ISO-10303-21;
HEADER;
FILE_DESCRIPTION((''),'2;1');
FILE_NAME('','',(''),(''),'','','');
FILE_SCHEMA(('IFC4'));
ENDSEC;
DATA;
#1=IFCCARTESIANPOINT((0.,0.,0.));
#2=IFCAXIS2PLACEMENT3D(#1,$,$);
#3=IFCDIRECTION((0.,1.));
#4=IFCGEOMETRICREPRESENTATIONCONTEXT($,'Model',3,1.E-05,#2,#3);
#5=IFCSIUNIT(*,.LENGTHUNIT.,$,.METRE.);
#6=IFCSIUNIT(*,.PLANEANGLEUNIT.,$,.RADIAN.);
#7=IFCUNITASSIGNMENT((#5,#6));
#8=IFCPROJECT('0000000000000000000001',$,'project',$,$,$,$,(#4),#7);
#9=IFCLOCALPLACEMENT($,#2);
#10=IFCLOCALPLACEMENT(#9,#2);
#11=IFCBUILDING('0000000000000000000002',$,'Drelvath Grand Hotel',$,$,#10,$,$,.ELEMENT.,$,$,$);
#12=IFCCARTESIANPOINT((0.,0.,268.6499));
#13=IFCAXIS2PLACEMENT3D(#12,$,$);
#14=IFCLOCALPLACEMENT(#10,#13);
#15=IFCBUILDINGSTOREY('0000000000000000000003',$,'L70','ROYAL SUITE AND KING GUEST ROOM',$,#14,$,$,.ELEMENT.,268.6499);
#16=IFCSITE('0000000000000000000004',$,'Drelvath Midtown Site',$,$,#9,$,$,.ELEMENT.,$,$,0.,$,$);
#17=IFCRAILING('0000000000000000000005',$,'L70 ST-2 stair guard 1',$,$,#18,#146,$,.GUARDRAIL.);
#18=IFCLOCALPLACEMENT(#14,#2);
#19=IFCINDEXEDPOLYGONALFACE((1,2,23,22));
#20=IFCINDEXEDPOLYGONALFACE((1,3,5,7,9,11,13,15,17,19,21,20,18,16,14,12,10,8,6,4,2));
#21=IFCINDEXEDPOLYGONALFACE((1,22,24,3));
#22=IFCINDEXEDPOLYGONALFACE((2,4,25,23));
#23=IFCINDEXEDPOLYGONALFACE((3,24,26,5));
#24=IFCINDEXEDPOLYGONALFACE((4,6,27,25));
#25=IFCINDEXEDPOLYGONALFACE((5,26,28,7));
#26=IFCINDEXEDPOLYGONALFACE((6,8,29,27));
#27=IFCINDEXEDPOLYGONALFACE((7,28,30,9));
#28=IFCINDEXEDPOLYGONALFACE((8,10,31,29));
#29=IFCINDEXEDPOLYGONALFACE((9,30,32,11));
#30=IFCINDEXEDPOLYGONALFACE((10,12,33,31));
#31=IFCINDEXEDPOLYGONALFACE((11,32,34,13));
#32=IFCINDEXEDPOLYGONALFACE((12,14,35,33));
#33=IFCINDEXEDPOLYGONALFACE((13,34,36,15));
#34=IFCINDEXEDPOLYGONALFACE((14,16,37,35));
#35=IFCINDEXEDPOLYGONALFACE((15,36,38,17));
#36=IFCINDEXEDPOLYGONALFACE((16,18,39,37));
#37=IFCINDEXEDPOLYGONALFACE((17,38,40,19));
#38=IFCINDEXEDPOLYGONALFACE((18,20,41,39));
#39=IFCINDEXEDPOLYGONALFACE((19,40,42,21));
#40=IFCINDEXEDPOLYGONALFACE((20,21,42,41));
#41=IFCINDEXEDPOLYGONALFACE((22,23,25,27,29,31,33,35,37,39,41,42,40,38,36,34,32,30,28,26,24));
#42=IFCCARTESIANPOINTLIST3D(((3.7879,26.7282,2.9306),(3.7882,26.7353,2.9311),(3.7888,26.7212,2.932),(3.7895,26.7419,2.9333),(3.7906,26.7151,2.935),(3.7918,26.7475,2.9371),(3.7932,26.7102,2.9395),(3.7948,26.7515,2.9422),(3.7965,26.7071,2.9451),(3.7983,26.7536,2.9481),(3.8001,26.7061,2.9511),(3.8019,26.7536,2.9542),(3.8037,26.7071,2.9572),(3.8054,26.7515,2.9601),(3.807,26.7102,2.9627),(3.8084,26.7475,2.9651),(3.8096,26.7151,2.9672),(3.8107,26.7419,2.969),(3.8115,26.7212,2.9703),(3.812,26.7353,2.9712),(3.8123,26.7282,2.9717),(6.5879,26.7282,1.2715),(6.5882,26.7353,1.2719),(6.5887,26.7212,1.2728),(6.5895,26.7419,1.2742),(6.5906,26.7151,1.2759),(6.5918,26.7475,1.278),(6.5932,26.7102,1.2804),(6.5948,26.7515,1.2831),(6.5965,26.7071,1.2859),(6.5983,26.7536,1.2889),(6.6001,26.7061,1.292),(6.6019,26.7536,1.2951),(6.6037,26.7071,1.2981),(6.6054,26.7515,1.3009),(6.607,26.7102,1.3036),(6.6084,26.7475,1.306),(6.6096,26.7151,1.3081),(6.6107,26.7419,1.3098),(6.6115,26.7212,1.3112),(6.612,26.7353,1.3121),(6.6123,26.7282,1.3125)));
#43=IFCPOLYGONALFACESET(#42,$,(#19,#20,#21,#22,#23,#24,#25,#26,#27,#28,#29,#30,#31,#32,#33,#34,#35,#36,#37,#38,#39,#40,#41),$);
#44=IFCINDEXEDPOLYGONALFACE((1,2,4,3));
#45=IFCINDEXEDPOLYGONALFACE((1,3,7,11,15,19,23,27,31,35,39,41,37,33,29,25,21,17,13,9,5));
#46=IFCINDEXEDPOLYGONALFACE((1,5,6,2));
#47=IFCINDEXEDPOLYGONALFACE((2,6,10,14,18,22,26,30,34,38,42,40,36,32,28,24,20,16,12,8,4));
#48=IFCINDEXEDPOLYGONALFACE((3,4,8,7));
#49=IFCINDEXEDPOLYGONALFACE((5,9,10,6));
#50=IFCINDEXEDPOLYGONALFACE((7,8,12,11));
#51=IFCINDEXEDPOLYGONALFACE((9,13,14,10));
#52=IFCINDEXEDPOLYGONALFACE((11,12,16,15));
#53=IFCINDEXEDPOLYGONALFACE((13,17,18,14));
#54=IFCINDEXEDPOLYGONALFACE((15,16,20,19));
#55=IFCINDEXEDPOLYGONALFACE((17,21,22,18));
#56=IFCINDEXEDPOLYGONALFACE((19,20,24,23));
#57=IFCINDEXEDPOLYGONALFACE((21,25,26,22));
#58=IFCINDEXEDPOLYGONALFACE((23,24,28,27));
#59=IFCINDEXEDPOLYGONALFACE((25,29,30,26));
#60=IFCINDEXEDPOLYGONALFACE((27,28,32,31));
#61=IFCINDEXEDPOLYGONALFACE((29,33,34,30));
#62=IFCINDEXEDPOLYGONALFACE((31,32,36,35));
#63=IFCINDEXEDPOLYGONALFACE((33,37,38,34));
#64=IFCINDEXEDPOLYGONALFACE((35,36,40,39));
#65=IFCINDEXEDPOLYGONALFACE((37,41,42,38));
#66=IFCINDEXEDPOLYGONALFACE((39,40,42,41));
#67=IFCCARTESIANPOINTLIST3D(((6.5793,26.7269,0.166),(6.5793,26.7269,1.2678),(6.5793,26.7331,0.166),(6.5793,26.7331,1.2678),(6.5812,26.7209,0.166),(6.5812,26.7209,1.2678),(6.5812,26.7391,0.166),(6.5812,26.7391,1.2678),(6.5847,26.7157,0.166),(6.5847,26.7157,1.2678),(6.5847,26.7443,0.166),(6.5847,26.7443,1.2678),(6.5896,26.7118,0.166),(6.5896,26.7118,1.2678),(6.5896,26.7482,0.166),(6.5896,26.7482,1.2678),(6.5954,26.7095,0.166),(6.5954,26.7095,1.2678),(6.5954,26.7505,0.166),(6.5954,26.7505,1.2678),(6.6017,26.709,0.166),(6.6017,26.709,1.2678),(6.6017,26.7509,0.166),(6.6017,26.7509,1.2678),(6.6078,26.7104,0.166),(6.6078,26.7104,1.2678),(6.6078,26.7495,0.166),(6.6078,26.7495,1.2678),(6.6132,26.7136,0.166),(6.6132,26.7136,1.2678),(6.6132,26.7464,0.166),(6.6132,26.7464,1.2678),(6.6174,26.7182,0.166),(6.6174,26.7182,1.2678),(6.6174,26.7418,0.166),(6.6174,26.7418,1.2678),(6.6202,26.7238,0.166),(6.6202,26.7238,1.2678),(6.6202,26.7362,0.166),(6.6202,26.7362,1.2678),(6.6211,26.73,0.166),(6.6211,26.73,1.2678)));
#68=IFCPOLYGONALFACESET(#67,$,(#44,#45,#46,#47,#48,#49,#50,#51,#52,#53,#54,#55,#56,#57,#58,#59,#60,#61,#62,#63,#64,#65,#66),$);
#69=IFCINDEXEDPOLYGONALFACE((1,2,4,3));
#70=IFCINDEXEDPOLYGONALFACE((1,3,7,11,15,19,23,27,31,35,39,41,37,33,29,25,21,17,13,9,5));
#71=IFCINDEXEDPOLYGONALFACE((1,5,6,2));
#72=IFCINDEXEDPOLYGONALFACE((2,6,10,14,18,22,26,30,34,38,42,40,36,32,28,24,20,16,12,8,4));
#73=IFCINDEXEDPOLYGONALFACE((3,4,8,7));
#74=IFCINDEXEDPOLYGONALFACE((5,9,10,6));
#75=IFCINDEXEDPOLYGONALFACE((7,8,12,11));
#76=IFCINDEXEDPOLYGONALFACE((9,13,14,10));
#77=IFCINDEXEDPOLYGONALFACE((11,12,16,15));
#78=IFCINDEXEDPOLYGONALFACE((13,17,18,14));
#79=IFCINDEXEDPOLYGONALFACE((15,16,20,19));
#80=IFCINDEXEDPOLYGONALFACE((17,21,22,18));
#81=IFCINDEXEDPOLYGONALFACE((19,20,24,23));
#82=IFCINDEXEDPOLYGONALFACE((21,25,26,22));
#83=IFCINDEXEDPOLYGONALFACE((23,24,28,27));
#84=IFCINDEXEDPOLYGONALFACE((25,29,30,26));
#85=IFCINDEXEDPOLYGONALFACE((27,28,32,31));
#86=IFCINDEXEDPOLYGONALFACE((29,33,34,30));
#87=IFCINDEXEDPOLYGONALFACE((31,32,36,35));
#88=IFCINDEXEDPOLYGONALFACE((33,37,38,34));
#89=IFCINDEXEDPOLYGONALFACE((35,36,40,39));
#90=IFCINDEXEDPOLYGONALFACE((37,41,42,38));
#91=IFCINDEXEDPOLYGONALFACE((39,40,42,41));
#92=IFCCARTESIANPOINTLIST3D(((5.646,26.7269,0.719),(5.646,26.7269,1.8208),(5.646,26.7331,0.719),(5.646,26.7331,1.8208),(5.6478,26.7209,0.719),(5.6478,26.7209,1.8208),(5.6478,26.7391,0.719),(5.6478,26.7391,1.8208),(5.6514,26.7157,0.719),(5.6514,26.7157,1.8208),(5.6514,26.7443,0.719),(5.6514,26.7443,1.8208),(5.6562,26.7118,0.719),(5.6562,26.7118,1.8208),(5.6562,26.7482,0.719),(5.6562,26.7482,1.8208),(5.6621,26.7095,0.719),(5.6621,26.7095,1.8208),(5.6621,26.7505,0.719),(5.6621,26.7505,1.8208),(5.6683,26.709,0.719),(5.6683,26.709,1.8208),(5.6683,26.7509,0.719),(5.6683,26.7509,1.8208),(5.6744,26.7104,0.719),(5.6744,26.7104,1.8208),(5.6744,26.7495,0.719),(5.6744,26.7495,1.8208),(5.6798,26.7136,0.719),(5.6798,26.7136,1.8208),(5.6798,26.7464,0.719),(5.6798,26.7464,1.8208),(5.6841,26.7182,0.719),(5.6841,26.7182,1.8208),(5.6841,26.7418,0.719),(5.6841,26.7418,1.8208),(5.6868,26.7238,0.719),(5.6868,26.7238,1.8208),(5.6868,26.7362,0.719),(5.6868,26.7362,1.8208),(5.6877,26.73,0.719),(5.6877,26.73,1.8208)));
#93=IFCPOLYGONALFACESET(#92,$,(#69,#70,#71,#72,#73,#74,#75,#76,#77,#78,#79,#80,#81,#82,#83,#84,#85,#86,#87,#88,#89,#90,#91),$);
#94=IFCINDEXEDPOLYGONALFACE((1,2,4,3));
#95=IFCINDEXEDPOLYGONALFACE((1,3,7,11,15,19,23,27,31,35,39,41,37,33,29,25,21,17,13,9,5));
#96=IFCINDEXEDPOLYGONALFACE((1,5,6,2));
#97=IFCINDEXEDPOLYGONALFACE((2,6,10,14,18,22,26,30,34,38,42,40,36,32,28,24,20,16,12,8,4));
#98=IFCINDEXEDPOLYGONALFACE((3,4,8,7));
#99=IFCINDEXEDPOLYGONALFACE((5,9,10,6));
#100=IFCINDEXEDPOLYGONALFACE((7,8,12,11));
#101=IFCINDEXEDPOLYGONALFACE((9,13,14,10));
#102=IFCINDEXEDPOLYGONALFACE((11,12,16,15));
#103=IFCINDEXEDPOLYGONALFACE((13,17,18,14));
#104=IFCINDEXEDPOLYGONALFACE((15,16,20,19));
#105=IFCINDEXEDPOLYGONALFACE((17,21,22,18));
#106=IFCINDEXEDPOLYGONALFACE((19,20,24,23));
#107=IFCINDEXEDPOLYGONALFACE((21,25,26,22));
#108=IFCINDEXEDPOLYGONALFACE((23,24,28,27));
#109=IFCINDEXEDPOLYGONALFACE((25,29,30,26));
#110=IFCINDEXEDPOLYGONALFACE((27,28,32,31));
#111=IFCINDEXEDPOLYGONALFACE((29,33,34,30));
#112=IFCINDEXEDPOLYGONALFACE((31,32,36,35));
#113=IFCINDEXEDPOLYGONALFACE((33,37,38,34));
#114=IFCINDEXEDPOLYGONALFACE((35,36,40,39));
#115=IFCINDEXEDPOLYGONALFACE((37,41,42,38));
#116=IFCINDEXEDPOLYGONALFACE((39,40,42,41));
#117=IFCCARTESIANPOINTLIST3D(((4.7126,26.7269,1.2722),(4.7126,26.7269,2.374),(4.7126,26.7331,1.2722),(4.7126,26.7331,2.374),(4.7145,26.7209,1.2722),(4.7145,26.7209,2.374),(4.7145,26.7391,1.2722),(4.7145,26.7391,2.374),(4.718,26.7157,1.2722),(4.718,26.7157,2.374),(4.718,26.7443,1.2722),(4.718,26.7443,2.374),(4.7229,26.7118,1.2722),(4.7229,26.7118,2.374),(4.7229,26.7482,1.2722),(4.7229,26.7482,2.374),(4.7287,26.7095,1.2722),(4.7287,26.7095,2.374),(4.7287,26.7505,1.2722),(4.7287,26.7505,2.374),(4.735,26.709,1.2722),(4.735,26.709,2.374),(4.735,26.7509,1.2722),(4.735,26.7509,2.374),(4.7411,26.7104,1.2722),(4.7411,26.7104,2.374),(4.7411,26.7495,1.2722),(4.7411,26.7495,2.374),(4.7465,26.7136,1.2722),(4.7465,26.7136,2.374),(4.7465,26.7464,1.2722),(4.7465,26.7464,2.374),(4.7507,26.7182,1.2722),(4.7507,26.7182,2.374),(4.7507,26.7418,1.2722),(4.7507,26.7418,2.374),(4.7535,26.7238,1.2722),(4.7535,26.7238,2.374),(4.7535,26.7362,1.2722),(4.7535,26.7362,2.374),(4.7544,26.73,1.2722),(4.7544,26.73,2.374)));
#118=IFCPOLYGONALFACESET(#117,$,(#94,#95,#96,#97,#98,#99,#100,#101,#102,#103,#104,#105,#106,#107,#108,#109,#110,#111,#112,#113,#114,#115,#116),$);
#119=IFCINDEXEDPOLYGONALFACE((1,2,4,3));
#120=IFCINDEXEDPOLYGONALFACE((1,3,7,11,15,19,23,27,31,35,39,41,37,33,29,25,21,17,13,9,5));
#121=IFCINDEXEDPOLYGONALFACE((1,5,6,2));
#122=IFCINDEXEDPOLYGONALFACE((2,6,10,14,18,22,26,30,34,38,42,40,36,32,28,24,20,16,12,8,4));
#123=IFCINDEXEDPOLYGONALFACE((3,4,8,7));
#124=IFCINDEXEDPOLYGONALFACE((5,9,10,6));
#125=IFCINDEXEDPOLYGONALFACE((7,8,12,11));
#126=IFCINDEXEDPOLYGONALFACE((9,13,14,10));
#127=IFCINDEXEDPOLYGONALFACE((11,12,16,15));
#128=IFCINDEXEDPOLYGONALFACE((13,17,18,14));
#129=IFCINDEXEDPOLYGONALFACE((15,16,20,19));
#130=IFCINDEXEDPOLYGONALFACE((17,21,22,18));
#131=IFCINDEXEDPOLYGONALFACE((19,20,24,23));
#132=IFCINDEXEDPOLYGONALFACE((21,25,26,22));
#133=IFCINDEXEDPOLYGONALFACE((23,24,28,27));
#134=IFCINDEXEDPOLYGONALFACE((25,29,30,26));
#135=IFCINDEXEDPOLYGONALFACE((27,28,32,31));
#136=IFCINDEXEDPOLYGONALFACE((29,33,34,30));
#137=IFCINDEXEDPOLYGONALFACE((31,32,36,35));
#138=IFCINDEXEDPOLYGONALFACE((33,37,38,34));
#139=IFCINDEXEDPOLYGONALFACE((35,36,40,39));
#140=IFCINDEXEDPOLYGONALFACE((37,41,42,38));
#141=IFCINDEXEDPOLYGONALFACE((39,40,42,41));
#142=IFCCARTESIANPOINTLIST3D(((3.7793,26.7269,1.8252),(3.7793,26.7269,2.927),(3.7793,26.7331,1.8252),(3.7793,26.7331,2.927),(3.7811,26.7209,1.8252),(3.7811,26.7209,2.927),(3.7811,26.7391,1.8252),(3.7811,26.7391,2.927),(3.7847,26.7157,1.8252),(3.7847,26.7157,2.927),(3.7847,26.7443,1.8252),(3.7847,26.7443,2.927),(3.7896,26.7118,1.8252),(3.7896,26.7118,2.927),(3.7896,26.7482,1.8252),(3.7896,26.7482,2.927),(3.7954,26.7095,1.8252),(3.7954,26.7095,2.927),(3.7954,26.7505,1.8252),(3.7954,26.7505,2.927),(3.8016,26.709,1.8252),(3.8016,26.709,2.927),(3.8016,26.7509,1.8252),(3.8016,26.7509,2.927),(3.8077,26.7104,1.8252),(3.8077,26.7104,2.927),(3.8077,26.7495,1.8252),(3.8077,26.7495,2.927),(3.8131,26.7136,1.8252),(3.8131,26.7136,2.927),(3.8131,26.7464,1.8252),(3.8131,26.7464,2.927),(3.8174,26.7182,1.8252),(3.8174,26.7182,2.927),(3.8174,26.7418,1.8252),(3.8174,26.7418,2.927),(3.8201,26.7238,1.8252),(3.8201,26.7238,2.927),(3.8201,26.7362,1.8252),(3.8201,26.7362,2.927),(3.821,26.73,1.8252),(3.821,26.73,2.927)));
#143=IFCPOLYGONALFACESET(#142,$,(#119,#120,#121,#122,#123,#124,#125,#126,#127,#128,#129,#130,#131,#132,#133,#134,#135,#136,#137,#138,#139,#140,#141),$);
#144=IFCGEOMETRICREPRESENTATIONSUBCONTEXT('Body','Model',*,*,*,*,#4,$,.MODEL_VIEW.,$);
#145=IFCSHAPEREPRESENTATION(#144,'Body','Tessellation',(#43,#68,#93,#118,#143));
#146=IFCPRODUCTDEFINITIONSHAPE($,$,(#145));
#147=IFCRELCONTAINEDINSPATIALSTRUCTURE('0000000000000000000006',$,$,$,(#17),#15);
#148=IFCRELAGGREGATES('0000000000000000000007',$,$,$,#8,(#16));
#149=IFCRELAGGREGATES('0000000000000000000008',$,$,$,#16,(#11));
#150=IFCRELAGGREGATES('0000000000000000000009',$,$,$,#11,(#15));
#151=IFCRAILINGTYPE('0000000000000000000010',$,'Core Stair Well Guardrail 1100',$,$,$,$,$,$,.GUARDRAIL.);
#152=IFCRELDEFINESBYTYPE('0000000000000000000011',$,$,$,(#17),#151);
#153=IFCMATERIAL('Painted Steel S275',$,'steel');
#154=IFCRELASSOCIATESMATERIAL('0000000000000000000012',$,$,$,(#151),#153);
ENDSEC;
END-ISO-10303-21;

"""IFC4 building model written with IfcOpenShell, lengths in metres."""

from ifc_helpers import new_model, si_unit, direction, frame, origin, origin_2d, place, context, subcontext, project, spatial, circle, extrude, material, type_object, element, save


model = new_model("IFC4")

# Units and contexts
model_context = context("Model", 3, precision=1e-05, world=origin(), true_north=direction((0.0, 1.0)))
body_context = subcontext(model_context, "Body", "Model", "MODEL_VIEW")
ifc_project = project(units=[si_unit("LENGTHUNIT", "METRE"), si_unit("PLANEANGLEUNIT", "RADIAN")], contexts=[model_context])

# Site, building, storey
site_placement = place(None, origin())
site = spatial("IfcSite", under=ifc_project, at=site_placement, Name="Drelvath Midtown Site", CompositionType="ELEMENT", RefElevation=0.0)
building_placement = place(site_placement, origin())
building = spatial("IfcBuilding", under=site, at=building_placement, Name="Drelvath Grand Hotel", CompositionType="ELEMENT")
storey_placement = place(building_placement, frame((0.0, 0.0, 268.6499)))
storey = spatial("IfcBuildingStorey", under=building, at=storey_placement, Name="L70", Description="ROYAL SUITE AND KING GUEST ROOM", CompositionType="ELEMENT", Elevation=268.6499)

# Railing
ifc_material_1 = material(Name="Painted Steel S275", Category="steel")
railing_type_1 = type_object("IfcRailingType", Name="Core Stair Well Guardrail 1100", PredefinedType="GUARDRAIL", material=ifc_material_1)
railing_1_placement = place(storey_placement, frame((6.6001, 26.73, 0.166)))
element("IfcRailing", 1, at=railing_1_placement, inside=storey, type_object=railing_type_1, Name="L70 ST-2 stair guard 1", PredefinedType="GUARDRAIL", context=body_context, shape_type="SweptSolid", body=[
    extrude(circle(Radius=0.0239, at=origin_2d()), frame((0.0, 0.0, 1.126), z_axis=(-0.860306, 0.0, 0.509778), x_axis=(0.0, -1.0, 0.0)), (0.0, 0.0, 1.0), 3.2546),
    extrude(circle(Radius=0.021, at=origin_2d()), origin(), (0.0, 0.0, 1.0), 1.1018),
    extrude(circle(Radius=0.021, at=origin_2d()), frame((-0.9333, 0.0, 0.553)), (0.0, 0.0, 1.0), 1.1018),
    extrude(circle(Radius=0.021, at=origin_2d()), frame((-1.8667, 0.0, 1.1062)), (0.0, 0.0, 1.0), 1.1018),
    extrude(circle(Radius=0.021, at=origin_2d()), frame((-2.8, 0.0, 1.6592)), (0.0, 0.0, 1.0), 1.1018),
])

save(model, "model.ifc")
